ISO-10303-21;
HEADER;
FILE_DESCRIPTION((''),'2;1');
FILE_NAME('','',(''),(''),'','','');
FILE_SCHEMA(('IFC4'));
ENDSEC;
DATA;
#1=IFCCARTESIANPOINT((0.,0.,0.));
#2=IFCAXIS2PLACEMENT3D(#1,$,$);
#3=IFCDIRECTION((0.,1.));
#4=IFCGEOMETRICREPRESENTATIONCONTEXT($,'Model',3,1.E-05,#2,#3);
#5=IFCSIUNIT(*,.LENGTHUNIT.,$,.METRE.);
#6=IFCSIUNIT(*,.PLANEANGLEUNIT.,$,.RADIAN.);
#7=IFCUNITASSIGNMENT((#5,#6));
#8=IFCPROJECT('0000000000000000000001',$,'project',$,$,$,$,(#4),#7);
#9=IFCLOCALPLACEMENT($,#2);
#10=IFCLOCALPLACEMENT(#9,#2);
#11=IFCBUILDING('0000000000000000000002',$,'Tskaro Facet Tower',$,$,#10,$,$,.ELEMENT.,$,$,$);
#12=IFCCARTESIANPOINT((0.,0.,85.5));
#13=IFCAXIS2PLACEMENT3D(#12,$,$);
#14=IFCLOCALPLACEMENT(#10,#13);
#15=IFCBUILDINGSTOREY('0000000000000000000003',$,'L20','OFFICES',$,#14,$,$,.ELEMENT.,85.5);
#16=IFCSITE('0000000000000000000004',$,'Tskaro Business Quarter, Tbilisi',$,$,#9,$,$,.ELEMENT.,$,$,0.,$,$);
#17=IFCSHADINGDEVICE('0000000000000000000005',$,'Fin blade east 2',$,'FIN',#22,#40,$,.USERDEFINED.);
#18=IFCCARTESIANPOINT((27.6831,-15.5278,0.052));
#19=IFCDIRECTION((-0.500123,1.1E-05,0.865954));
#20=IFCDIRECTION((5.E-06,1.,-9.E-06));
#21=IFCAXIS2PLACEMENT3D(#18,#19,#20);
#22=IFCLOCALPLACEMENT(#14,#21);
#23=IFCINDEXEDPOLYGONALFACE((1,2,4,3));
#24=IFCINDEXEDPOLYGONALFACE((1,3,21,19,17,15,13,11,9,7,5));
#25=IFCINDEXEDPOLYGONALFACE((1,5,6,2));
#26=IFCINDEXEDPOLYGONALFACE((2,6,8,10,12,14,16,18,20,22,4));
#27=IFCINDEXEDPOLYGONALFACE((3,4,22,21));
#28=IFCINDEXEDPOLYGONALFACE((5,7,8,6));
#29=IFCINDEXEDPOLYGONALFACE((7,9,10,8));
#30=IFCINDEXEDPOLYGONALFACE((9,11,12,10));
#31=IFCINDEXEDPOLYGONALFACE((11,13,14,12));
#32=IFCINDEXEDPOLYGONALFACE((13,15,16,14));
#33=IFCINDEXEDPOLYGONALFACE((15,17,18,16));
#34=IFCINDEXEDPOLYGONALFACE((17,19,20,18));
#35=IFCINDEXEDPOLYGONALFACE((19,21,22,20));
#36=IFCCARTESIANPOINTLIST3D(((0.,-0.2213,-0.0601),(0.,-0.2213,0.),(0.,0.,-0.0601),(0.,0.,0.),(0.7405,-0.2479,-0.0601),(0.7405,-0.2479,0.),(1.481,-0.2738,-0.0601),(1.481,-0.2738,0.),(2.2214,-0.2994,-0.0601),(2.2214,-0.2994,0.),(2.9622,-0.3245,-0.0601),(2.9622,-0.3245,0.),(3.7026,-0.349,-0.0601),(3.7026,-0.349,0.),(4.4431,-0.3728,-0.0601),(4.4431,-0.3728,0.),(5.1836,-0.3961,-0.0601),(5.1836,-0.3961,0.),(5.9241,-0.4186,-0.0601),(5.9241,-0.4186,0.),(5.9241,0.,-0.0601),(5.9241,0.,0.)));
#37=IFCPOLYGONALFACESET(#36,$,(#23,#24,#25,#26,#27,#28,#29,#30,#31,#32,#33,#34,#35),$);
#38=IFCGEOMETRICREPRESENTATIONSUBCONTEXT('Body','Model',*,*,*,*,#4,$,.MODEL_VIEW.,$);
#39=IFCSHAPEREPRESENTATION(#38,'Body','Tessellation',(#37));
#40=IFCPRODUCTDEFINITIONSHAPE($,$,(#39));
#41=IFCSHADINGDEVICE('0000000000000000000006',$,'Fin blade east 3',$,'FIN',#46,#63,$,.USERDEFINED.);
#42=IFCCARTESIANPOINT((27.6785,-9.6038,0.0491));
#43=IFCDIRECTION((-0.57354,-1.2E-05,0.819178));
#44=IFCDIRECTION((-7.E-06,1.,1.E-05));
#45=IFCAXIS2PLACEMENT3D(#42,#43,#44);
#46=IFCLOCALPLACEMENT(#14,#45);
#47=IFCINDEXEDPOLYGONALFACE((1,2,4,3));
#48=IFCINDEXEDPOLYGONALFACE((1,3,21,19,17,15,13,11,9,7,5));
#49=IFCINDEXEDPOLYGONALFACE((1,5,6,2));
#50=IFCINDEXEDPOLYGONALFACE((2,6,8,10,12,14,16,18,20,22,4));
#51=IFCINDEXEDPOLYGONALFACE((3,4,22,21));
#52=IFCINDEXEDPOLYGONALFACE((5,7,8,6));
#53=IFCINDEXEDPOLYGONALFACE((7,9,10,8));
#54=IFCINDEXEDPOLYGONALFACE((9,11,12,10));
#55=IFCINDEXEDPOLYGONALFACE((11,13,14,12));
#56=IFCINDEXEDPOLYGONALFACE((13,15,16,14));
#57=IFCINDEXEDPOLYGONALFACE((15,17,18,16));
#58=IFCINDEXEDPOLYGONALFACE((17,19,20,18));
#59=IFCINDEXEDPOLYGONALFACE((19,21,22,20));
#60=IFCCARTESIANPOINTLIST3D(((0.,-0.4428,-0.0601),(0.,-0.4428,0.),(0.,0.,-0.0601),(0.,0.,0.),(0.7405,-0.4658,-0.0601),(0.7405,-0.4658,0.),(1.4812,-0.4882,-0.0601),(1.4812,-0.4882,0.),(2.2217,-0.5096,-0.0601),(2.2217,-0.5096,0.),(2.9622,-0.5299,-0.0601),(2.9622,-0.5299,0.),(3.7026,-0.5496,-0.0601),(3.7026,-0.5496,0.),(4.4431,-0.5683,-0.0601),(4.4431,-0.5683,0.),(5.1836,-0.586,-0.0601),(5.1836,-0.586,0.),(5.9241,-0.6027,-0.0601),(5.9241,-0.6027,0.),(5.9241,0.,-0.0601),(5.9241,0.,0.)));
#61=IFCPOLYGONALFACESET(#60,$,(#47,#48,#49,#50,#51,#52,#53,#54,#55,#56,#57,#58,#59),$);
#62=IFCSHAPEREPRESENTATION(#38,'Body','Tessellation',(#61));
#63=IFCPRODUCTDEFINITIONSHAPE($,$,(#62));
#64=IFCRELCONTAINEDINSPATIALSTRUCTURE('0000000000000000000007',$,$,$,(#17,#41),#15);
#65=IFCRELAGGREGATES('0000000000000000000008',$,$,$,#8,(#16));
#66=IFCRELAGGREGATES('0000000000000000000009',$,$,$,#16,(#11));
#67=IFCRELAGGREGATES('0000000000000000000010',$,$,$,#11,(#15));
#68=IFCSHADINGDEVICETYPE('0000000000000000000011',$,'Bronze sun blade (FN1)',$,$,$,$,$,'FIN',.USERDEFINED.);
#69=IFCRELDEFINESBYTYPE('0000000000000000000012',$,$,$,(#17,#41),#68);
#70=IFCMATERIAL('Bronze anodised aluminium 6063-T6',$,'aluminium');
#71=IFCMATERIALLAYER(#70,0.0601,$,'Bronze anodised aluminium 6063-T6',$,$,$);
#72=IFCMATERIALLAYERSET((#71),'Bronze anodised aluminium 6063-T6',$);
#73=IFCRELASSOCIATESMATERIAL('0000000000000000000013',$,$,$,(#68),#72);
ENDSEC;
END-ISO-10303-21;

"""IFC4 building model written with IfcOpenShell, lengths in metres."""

from ifc_helpers import new_model, si_unit, direction, frame, origin, place, context, subcontext, project, spatial, polyline, outline, extrude, material, layer, layer_set, type_object, element, save


model = new_model("IFC4")

# Units and contexts
model_context = context("Model", 3, precision=1e-05, world=origin(), true_north=direction((0.0, 1.0)))
body_context = subcontext(model_context, "Body", "Model", "MODEL_VIEW")
ifc_project = project(units=[si_unit("LENGTHUNIT", "METRE"), si_unit("PLANEANGLEUNIT", "RADIAN")], contexts=[model_context])

# Site, building, storey
site_placement = place(None, origin())
site = spatial("IfcSite", under=ifc_project, at=site_placement, Name="Tskaro Business Quarter, Tbilisi", CompositionType="ELEMENT", RefElevation=0.0)
building_placement = place(site_placement, origin())
building = spatial("IfcBuilding", under=site, at=building_placement, Name="Tskaro Facet Tower", CompositionType="ELEMENT")
storey_placement = place(building_placement, frame((0.0, 0.0, 85.5)))
storey = spatial("IfcBuildingStorey", under=building, at=storey_placement, Name="L20", Description="OFFICES", CompositionType="ELEMENT", Elevation=85.5)

# Shared definitions
ifc_material_1 = material(Name="Bronze anodised aluminium 6063-T6", Category="aluminium")

# Shading devices
ifc_layer_1 = layer(ifc_material_1, 0.0601, Name="Bronze anodised aluminium 6063-T6")
ifc_layer_set_1 = layer_set([ifc_layer_1], Name="Bronze anodised aluminium 6063-T6")
shading_device_type = type_object("IfcShadingDeviceType", Name="Bronze sun blade (FN1)", ElementType="FIN", PredefinedType="USERDEFINED", material=ifc_layer_set_1)
shading_device_1_placement = place(storey_placement, frame((27.6831, -15.5278, 0.052), z_axis=(-0.500123, 0.000011, 0.865954), x_axis=(0.000005, 1.0, -0.000009)))
element("IfcShadingDevice", 1, at=shading_device_1_placement, inside=storey, type_object=shading_device_type, Name="Fin blade east 2", ObjectType="FIN", PredefinedType="USERDEFINED", context=body_context, shape_type="SweptSolid", body=[
    extrude(outline(polyline([(0.0, 0.0), (5.9241, 0.0), (5.9241, -0.4186), (5.1836, -0.3961), (4.4431, -0.3728), (3.7026, -0.349), (2.9622, -0.3245), (2.2214, -0.2994), (1.481, -0.2738), (0.7405, -0.2479), (0.0, -0.2213), (0.0, 0.0)])), origin(), (0.0, 0.0, -1.0), 0.0601),
])
shading_device_2_placement = place(storey_placement, frame((27.6785, -9.6038, 0.0491), z_axis=(-0.57354, -0.000012, 0.819178), x_axis=(-0.000007, 1.0, 0.00001)))
element("IfcShadingDevice", 2, at=shading_device_2_placement, inside=storey, type_object=shading_device_type, Name="Fin blade east 3", ObjectType="FIN", PredefinedType="USERDEFINED", context=body_context, shape_type="SweptSolid", body=[
    extrude(outline(polyline([(0.0, 0.0), (5.9241, 0.0), (5.9241, -0.6027), (5.1836, -0.586), (4.4431, -0.5683), (3.7026, -0.5496), (2.9622, -0.5299), (2.2217, -0.5096), (1.4812, -0.4882), (0.7405, -0.4658), (0.0, -0.4428), (0.0, 0.0)])), origin(), (0.0, 0.0, -1.0), 0.0601),
])

save(model, "model.ifc")
